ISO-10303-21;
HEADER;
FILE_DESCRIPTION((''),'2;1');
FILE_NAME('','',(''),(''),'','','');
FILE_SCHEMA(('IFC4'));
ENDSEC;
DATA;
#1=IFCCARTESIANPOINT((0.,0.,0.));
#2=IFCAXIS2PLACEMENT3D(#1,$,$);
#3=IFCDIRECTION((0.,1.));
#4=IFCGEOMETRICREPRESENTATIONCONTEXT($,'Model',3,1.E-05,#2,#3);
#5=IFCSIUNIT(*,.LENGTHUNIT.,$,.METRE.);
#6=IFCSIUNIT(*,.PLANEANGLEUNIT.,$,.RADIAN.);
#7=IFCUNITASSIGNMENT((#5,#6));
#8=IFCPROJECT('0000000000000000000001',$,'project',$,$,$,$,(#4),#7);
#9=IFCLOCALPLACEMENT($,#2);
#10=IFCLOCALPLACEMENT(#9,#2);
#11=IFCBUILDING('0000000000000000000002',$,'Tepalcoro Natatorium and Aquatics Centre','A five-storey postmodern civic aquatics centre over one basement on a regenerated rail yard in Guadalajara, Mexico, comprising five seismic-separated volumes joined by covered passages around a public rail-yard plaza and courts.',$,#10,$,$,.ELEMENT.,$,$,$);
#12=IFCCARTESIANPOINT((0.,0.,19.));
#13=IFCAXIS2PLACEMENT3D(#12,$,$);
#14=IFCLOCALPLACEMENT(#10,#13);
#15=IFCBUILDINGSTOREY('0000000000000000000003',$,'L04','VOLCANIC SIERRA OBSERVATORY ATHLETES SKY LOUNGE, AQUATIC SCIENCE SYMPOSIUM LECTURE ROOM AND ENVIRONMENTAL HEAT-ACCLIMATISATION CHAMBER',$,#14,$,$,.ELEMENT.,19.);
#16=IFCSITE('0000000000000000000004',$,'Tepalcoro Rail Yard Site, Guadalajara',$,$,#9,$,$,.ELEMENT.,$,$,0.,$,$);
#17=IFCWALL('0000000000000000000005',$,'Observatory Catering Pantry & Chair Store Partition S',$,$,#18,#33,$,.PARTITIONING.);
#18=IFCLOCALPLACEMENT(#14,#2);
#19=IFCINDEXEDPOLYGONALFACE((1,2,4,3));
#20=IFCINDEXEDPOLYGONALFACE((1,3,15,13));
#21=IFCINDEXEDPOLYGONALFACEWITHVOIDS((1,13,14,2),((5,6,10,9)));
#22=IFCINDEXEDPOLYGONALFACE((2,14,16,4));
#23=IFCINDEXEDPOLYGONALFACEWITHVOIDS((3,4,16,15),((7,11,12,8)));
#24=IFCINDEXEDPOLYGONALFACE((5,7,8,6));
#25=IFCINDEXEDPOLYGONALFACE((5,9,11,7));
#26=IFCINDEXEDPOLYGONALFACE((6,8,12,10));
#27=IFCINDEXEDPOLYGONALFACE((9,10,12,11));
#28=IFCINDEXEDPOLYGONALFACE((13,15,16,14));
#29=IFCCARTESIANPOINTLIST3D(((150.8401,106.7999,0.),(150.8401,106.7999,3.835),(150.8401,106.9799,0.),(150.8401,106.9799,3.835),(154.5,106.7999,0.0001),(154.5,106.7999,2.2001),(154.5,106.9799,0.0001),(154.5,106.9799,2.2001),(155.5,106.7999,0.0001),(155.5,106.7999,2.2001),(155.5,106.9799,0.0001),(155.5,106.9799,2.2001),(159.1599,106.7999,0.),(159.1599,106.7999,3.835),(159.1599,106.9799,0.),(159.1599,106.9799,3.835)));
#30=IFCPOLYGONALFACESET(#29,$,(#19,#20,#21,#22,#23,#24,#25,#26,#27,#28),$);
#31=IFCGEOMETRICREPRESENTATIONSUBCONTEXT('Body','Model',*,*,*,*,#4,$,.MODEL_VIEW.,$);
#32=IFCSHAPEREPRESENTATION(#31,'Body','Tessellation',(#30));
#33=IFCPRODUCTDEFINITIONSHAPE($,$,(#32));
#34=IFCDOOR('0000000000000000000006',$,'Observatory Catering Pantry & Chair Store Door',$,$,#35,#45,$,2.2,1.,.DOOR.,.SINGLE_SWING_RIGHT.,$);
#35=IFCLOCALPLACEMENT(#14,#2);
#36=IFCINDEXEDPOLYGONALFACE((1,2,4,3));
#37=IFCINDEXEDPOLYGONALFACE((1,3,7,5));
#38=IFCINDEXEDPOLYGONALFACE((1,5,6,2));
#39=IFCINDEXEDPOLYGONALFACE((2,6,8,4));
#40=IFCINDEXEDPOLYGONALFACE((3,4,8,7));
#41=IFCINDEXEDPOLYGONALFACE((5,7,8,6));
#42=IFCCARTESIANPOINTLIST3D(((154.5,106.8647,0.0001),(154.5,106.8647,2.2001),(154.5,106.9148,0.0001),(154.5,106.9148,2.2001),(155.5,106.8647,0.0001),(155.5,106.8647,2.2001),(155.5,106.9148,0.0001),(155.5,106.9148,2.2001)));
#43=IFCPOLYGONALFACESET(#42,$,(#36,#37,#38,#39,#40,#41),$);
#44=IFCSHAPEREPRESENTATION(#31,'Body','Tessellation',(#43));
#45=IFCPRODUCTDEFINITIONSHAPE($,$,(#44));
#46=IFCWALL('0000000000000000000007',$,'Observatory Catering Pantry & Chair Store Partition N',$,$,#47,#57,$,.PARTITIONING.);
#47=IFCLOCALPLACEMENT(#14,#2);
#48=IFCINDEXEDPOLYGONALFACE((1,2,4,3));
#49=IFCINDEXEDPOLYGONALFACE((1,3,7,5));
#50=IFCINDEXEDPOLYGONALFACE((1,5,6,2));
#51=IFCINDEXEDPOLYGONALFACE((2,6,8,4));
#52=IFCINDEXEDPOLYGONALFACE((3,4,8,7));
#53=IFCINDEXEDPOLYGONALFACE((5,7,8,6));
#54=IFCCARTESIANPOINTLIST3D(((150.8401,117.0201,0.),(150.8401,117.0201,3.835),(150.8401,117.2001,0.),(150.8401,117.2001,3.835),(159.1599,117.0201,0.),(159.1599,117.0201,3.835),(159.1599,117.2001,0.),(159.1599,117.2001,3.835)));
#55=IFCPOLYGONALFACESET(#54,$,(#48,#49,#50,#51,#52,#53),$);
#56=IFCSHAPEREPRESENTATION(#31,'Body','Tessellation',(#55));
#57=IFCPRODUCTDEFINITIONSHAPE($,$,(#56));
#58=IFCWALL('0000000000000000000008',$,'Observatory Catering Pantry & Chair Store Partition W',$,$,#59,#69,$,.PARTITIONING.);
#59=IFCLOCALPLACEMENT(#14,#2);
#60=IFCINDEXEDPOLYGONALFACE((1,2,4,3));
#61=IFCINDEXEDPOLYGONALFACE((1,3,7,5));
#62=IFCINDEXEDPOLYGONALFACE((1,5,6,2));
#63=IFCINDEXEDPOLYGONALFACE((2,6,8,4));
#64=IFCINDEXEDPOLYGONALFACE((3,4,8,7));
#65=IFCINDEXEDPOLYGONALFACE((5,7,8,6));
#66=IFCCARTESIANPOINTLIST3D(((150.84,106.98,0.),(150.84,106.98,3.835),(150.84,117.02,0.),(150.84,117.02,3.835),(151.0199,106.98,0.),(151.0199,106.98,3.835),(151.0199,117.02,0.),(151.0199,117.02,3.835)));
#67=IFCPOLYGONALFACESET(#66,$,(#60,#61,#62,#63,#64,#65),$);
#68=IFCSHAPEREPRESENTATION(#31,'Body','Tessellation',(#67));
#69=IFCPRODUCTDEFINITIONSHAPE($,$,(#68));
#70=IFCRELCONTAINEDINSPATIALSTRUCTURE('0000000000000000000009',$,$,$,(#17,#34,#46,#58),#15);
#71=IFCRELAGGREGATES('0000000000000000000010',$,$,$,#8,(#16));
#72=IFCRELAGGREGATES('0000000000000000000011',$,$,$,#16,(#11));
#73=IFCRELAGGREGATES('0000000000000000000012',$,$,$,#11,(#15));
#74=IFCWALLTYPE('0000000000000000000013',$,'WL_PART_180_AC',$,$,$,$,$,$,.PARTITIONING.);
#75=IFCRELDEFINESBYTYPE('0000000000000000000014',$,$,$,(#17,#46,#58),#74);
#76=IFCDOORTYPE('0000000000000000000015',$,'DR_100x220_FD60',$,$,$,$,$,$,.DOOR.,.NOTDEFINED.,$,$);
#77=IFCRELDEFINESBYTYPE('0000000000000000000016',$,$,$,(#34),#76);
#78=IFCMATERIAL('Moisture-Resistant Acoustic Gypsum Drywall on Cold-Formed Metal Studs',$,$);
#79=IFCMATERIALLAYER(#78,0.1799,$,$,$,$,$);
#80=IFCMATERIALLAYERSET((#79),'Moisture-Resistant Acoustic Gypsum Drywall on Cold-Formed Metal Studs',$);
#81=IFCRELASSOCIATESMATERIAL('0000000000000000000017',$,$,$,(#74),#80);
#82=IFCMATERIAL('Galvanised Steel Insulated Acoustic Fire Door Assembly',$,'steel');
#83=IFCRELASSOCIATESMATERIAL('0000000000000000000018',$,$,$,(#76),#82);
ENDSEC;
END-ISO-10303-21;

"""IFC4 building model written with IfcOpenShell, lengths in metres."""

from ifc_helpers import new_model, si_unit, direction, frame, frame_2d, origin, place, context, subcontext, project, spatial, rectangle, extrude, material, layer, layer_set, type_object, element, fill, save


model = new_model("IFC4")

# Units and contexts
model_context = context("Model", 3, precision=1e-05, world=origin(), true_north=direction((0.0, 1.0)))
body_context = subcontext(model_context, "Body", "Model", "MODEL_VIEW")
ifc_project = project(units=[si_unit("LENGTHUNIT", "METRE"), si_unit("PLANEANGLEUNIT", "RADIAN")], contexts=[model_context])

# Site, building, storey
site_placement = place(None, origin())
site = spatial("IfcSite", under=ifc_project, at=site_placement, Name="Tepalcoro Rail Yard Site, Guadalajara", CompositionType="ELEMENT", RefElevation=0.0)
building_placement = place(site_placement, origin())
building = spatial("IfcBuilding", under=site, at=building_placement, Name="Tepalcoro Natatorium and Aquatics Centre", Description="A five-storey postmodern civic aquatics centre over one basement on a regenerated rail yard in Guadalajara, Mexico, comprising five seismic-separated volumes joined by covered passages around a public rail-yard plaza and courts.", CompositionType="ELEMENT")
storey_placement = place(building_placement, frame((0.0, 0.0, 19.0)))
storey = spatial("IfcBuildingStorey", under=building, at=storey_placement, Name="L04", Description="VOLCANIC SIERRA OBSERVATORY ATHLETES SKY LOUNGE, AQUATIC SCIENCE SYMPOSIUM LECTURE ROOM AND ENVIRONMENTAL HEAT-ACCLIMATISATION CHAMBER", CompositionType="ELEMENT", Elevation=19.0)

# Wall, opening, door
ifc_material_1 = material(Name="Moisture-Resistant Acoustic Gypsum Drywall on Cold-Formed Metal Studs")
ifc_layer_1 = layer(ifc_material_1, 0.1799)
ifc_layer_set_1 = layer_set([ifc_layer_1], Name="Moisture-Resistant Acoustic Gypsum Drywall on Cold-Formed Metal Studs")
wall_type_1 = type_object("IfcWallType", Name="WL_PART_180_AC", PredefinedType="PARTITIONING", material=ifc_layer_set_1)
ifc_material_2 = material(Name="Galvanised Steel Insulated Acoustic Fire Door Assembly", Category="steel")
wall_1_placement = place(storey_placement, frame((150.8401, 106.8899, 0.0), z_axis=(0.0, 0.0, 1.0), x_axis=(1.0, 0.0, 0.0)))
wall_1 = element("IfcWall", 1, at=wall_1_placement, inside=storey, type_object=wall_type_1, Name="Observatory Catering Pantry & Chair Store Partition S", PredefinedType="PARTITIONING", context=body_context, shape_type="SweptSolid", body=[
    extrude(rectangle(XDim=8.3198, YDim=0.1799, at=frame_2d((4.1599, 0.0))), origin(), (0.0, 0.0, 1.0), 3.835),
])
opening_1_placement = place(wall_1_placement, frame((3.6599, 0.0, 0.0)))
opening_1 = element("IfcOpeningElement", 2, at=opening_1_placement, cuts=wall_1, PredefinedType="OPENING", context=body_context, shape_type="SweptSolid", body=[
    extrude(rectangle(XDim=1.0, YDim=2.2, at=frame_2d((0.5, 1.1001))), frame((0.0, 0.1021, 0.0), z_axis=(0.0, -1.0, 0.0), x_axis=(1.0, 0.0, 0.0)), (0.0, 0.0, 1.0), 0.2039),
])
door_type_1 = type_object("IfcDoorType", Name="DR_100x220_FD60", OperationType="NOTDEFINED", PredefinedType="DOOR", material=ifc_material_2)
door_1_placement = place(opening_1_placement, origin())
door_1 = element("IfcDoor", 3, at=door_1_placement, inside=storey, type_object=door_type_1, Name="Observatory Catering Pantry & Chair Store Door", OperationType="SINGLE_SWING_RIGHT", OverallHeight=2.2, OverallWidth=1.0, PredefinedType="DOOR", context=body_context, shape_type="SweptSolid", body=[
    extrude(rectangle(XDim=1.0, YDim=2.2, at=frame_2d((0.5, 1.1001))), frame((0.0, 0.0249, 0.0), z_axis=(0.0, -1.0, 0.0), x_axis=(1.0, 0.0, 0.0)), (0.0, 0.0, 1.0), 0.05),
])
fill(opening_1, door_1)

# Walls
wall_2_placement = place(storey_placement, frame((150.8401, 117.1101, 0.0), z_axis=(0.0, 0.0, 1.0), x_axis=(1.0, 0.0, 0.0)))
element("IfcWall", 4, at=wall_2_placement, inside=storey, type_object=wall_type_1, Name="Observatory Catering Pantry & Chair Store Partition N", PredefinedType="PARTITIONING", context=body_context, shape_type="SweptSolid", body=[
    extrude(rectangle(XDim=8.3198, YDim=0.1799, at=frame_2d((4.1599, 0.0))), origin(), (0.0, 0.0, 1.0), 3.835),
])
wall_3_placement = place(storey_placement, frame((150.9299, 106.98, 0.0), z_axis=(0.0, 0.0, 1.0), x_axis=(0.0, 1.0, 0.0)))
element("IfcWall", 5, at=wall_3_placement, inside=storey, type_object=wall_type_1, Name="Observatory Catering Pantry & Chair Store Partition W", PredefinedType="PARTITIONING", context=body_context, shape_type="SweptSolid", body=[
    extrude(rectangle(XDim=10.04, YDim=0.1799, at=frame_2d((5.02, 0.0))), origin(), (0.0, 0.0, 1.0), 3.835),
])

save(model, "model.ifc")
